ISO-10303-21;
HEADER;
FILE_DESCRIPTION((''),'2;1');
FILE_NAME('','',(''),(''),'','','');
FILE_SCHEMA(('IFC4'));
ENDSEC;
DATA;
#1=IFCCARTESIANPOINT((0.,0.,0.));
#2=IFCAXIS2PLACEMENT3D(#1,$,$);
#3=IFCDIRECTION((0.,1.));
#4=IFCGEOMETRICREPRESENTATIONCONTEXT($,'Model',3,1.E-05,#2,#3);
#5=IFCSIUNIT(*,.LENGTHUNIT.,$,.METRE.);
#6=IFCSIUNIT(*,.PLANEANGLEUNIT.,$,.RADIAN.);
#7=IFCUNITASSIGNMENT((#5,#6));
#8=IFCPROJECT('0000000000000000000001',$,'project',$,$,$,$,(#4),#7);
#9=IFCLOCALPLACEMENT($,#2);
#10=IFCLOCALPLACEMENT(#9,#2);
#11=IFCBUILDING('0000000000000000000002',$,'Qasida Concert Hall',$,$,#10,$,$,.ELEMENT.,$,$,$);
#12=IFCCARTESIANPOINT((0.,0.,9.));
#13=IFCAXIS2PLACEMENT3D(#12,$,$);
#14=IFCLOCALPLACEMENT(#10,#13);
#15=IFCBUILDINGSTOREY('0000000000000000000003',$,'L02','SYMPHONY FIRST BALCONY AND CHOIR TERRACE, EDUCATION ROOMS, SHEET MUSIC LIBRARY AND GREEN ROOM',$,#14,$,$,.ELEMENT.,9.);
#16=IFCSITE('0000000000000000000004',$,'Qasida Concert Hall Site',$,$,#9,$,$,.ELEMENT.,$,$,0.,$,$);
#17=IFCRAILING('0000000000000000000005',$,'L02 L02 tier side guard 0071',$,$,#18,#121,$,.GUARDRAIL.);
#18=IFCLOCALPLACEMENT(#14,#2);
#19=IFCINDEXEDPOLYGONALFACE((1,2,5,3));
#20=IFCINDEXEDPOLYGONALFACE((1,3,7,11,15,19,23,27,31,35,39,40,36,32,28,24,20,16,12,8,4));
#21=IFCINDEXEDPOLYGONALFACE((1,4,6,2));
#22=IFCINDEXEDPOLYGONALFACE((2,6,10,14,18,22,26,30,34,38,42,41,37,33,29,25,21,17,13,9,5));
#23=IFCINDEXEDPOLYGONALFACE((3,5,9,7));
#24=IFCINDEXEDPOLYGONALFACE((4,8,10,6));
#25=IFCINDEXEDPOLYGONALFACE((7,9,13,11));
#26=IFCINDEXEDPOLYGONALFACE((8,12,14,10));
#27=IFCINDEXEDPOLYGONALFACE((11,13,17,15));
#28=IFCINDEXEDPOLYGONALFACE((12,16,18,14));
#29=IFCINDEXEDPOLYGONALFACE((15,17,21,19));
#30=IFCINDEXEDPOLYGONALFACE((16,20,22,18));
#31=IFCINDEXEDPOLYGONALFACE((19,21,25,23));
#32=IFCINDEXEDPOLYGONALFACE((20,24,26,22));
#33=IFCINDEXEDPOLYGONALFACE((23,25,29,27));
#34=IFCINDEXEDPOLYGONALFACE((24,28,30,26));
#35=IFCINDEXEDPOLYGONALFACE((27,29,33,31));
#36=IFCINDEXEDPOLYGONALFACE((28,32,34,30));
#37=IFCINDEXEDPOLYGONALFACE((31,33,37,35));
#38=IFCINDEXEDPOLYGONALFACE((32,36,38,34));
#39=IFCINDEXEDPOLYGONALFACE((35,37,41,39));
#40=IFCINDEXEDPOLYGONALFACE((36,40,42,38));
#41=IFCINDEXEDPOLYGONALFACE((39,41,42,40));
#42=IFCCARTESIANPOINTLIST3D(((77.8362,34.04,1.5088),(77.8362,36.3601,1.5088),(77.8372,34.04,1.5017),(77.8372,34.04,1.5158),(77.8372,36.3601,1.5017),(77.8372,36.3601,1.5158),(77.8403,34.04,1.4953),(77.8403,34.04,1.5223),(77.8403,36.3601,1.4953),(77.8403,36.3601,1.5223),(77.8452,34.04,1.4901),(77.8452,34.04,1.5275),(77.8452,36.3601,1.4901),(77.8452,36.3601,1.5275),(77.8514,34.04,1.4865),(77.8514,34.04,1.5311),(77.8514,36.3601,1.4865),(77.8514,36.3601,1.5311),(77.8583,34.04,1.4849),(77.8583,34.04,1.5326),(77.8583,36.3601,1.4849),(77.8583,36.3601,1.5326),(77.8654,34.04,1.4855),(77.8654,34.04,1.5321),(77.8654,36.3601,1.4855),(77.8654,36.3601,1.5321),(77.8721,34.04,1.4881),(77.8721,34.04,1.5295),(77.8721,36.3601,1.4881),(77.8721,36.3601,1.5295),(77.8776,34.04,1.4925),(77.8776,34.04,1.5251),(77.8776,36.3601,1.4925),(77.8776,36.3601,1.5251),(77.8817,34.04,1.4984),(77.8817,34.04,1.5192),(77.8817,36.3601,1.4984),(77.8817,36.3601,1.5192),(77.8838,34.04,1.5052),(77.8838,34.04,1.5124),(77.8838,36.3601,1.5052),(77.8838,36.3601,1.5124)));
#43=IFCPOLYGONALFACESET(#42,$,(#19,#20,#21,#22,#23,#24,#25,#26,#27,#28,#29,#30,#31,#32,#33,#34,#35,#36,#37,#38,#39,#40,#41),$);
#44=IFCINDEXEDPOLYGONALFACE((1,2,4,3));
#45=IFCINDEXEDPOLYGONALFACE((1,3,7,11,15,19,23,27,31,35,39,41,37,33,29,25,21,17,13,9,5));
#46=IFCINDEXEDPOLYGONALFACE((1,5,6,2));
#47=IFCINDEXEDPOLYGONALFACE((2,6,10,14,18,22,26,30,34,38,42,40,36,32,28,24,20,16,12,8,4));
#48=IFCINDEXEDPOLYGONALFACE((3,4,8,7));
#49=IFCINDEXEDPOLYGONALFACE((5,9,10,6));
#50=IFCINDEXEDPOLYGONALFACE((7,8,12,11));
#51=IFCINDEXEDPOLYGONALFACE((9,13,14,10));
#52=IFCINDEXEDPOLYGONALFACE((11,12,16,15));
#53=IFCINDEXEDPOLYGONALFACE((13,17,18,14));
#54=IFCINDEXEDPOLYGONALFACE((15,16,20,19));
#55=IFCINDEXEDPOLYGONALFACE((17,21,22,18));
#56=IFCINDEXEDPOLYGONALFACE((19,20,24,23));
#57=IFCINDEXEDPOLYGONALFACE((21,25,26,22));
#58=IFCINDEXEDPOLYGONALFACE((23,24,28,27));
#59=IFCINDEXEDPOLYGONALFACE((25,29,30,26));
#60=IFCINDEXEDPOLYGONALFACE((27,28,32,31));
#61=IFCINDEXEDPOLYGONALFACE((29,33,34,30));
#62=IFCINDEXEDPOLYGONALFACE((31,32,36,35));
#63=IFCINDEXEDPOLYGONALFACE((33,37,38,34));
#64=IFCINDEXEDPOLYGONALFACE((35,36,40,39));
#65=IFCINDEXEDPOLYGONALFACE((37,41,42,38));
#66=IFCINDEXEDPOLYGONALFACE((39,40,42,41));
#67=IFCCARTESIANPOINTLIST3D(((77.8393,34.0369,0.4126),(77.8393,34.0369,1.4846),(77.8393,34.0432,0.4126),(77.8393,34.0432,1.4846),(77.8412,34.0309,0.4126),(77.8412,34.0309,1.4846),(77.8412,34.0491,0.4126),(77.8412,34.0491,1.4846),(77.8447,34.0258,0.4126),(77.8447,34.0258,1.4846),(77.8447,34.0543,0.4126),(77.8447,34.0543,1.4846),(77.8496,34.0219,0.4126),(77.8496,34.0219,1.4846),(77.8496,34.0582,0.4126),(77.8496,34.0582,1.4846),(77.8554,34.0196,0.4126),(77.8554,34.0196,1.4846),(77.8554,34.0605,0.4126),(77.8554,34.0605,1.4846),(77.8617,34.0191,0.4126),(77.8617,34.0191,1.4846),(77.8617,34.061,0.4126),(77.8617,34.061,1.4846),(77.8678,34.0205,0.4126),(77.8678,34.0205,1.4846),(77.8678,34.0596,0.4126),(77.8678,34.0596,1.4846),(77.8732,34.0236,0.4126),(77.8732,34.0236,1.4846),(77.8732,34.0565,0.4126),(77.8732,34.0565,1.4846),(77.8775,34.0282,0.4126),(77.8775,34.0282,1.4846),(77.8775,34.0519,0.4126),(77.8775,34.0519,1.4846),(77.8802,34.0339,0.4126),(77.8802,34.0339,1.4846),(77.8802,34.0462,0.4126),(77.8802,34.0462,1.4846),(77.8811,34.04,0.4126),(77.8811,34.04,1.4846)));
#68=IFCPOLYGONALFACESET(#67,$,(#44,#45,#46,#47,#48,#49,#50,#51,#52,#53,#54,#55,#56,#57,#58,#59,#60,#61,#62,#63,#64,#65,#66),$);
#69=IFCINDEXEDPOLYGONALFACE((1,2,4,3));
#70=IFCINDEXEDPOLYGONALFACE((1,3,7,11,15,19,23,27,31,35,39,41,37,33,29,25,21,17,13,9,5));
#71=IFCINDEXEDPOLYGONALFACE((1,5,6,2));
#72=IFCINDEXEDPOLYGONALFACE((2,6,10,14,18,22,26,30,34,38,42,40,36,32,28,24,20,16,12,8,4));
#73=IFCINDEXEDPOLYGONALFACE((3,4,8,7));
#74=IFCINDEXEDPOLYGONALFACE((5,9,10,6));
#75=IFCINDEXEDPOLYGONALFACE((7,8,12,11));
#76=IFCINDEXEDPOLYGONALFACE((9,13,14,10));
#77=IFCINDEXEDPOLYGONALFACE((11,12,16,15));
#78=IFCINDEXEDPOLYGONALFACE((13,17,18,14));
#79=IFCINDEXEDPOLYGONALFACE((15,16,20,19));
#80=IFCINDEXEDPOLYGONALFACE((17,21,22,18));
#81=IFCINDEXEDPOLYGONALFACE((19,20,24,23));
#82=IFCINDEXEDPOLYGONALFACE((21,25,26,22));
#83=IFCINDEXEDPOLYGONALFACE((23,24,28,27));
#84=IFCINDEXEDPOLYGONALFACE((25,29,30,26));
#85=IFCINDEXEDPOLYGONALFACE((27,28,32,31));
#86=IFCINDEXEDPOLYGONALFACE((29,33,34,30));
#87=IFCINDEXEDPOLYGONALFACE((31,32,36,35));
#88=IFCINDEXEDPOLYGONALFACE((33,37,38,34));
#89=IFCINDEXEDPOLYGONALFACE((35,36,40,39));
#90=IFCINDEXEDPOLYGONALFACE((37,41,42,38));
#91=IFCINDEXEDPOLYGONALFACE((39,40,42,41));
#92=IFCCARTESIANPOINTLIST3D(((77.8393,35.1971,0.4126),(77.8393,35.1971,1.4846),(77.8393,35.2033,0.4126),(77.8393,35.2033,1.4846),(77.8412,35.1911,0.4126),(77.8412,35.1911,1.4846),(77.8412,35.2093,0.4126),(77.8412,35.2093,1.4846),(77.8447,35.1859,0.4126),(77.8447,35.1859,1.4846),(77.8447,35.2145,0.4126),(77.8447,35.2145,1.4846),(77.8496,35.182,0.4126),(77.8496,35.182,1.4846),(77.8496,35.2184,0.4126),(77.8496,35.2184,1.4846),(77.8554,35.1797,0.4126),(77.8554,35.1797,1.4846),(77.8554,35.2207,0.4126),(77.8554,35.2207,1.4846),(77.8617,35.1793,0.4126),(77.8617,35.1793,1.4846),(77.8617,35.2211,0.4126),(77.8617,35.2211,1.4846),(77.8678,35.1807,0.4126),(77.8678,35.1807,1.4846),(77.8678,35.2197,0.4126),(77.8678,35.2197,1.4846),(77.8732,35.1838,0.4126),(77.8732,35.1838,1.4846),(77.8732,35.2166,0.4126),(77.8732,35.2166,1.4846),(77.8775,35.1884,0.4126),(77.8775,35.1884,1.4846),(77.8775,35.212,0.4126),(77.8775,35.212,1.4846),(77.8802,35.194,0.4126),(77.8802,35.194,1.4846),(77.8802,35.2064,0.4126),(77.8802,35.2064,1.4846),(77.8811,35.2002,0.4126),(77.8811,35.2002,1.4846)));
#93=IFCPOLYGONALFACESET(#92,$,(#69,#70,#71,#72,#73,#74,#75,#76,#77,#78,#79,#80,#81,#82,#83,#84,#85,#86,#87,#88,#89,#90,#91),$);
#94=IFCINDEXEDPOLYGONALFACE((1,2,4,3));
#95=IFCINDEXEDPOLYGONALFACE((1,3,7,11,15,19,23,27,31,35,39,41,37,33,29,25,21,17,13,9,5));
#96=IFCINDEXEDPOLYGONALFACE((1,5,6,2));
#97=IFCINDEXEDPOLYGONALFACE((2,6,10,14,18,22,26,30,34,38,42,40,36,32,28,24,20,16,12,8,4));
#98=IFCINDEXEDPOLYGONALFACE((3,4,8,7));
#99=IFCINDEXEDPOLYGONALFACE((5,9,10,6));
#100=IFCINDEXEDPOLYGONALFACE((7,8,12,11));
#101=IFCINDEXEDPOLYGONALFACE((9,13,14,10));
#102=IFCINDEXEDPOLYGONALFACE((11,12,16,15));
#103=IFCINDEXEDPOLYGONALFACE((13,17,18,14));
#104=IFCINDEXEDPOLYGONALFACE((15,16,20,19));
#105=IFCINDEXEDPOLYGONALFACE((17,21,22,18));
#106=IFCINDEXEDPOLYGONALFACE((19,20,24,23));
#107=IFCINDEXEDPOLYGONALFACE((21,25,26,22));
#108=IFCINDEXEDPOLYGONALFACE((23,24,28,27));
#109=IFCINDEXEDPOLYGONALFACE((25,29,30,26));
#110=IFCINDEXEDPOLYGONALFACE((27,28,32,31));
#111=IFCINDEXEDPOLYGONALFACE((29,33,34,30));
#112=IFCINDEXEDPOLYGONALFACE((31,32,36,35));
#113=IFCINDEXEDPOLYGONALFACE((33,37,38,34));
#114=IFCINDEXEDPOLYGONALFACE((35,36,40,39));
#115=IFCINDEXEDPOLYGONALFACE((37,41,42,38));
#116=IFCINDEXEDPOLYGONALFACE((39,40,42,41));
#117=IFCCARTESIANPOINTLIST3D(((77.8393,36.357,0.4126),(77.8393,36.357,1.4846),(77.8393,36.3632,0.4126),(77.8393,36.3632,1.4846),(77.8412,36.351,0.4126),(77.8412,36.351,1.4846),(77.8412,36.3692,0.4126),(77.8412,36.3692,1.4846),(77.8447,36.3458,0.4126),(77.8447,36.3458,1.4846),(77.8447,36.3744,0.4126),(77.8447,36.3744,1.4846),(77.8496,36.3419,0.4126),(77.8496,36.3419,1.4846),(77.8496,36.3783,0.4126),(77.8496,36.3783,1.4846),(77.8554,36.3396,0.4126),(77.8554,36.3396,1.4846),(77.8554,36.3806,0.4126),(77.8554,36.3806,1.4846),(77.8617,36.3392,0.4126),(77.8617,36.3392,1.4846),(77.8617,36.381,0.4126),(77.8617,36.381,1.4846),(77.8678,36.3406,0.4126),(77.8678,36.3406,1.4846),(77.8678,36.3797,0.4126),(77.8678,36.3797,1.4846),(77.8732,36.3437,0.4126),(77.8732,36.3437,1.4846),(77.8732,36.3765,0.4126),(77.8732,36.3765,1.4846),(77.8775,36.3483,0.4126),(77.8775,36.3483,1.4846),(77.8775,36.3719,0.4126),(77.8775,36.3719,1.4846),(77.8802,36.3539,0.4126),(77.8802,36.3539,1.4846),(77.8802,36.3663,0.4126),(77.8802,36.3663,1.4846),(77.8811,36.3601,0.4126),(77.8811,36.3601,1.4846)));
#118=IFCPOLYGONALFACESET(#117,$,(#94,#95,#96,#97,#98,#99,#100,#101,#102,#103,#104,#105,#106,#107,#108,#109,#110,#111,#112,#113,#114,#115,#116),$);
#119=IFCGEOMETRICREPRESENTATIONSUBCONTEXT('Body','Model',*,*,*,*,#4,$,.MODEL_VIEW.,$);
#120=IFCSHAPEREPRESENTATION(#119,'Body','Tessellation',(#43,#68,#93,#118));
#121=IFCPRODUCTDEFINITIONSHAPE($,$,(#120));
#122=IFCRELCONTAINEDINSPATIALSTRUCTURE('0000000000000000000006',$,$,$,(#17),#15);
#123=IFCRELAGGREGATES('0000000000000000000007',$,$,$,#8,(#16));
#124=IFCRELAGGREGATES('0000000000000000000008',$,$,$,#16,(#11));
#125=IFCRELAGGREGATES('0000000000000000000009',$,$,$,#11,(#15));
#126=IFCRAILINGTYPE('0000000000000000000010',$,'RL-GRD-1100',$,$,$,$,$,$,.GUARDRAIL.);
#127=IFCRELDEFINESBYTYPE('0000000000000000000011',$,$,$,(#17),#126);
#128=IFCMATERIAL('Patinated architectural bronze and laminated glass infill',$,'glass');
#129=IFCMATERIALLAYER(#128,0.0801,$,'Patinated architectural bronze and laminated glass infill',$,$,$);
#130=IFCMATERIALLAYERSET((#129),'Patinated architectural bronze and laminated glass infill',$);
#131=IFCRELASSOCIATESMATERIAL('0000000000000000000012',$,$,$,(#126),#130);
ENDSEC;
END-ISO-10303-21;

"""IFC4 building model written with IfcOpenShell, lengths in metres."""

from ifc_helpers import new_model, si_unit, direction, frame, origin, origin_2d, place, context, subcontext, project, spatial, circle, extrude, material, layer, layer_set, type_object, element, save


model = new_model("IFC4")

# Units and contexts
model_context = context("Model", 3, precision=1e-05, world=origin(), true_north=direction((0.0, 1.0)))
body_context = subcontext(model_context, "Body", "Model", "MODEL_VIEW")
ifc_project = project(units=[si_unit("LENGTHUNIT", "METRE"), si_unit("PLANEANGLEUNIT", "RADIAN")], contexts=[model_context])

# Site, building, storey
site_placement = place(None, origin())
site = spatial("IfcSite", under=ifc_project, at=site_placement, Name="Qasida Concert Hall Site", CompositionType="ELEMENT", RefElevation=0.0)
building_placement = place(site_placement, origin())
building = spatial("IfcBuilding", under=site, at=building_placement, Name="Qasida Concert Hall", CompositionType="ELEMENT")
storey_placement = place(building_placement, frame((0.0, 0.0, 9.0)))
storey = spatial("IfcBuildingStorey", under=building, at=storey_placement, Name="L02", Description="SYMPHONY FIRST BALCONY AND CHOIR TERRACE, EDUCATION ROOMS, SHEET MUSIC LIBRARY AND GREEN ROOM", CompositionType="ELEMENT", Elevation=9.0)

# Railing
ifc_material_1 = material(Name="Patinated architectural bronze and laminated glass infill", Category="glass")
ifc_layer_1 = layer(ifc_material_1, 0.0801, Name="Patinated architectural bronze and laminated glass infill")
ifc_layer_set_1 = layer_set([ifc_layer_1], Name="Patinated architectural bronze and laminated glass infill")
railing_type_1 = type_object("IfcRailingType", Name="RL-GRD-1100", PredefinedType="GUARDRAIL", material=ifc_layer_set_1)
for number, where, name in (
    (1, (77.8601, 34.04, 0.4126), "L02 L02 tier side guard 0071"),
):
    element("IfcRailing", number, at=place(storey_placement, frame(where)), inside=storey, type_object=railing_type_1, Name=name, PredefinedType="GUARDRAIL", context=body_context, shape_type="SweptSolid", body=[
        extrude(circle(Radius=0.0239, at=origin_2d()), frame((0.0, 0.0, 1.0962), z_axis=(0.0, 1.0, 0.0), x_axis=(-1.0, 0.0, 0.0)), (0.0, 0.0, 1.0), 2.3201),
        extrude(circle(Radius=0.021, at=origin_2d()), origin(), (0.0, 0.0, 1.0), 1.072),
        extrude(circle(Radius=0.021, at=origin_2d()), frame((0.0, 1.1602, 0.0)), (0.0, 0.0, 1.0), 1.072),
        extrude(circle(Radius=0.021, at=origin_2d()), frame((0.0, 2.3201, 0.0)), (0.0, 0.0, 1.0), 1.072),
    ])

save(model, "model.ifc")
